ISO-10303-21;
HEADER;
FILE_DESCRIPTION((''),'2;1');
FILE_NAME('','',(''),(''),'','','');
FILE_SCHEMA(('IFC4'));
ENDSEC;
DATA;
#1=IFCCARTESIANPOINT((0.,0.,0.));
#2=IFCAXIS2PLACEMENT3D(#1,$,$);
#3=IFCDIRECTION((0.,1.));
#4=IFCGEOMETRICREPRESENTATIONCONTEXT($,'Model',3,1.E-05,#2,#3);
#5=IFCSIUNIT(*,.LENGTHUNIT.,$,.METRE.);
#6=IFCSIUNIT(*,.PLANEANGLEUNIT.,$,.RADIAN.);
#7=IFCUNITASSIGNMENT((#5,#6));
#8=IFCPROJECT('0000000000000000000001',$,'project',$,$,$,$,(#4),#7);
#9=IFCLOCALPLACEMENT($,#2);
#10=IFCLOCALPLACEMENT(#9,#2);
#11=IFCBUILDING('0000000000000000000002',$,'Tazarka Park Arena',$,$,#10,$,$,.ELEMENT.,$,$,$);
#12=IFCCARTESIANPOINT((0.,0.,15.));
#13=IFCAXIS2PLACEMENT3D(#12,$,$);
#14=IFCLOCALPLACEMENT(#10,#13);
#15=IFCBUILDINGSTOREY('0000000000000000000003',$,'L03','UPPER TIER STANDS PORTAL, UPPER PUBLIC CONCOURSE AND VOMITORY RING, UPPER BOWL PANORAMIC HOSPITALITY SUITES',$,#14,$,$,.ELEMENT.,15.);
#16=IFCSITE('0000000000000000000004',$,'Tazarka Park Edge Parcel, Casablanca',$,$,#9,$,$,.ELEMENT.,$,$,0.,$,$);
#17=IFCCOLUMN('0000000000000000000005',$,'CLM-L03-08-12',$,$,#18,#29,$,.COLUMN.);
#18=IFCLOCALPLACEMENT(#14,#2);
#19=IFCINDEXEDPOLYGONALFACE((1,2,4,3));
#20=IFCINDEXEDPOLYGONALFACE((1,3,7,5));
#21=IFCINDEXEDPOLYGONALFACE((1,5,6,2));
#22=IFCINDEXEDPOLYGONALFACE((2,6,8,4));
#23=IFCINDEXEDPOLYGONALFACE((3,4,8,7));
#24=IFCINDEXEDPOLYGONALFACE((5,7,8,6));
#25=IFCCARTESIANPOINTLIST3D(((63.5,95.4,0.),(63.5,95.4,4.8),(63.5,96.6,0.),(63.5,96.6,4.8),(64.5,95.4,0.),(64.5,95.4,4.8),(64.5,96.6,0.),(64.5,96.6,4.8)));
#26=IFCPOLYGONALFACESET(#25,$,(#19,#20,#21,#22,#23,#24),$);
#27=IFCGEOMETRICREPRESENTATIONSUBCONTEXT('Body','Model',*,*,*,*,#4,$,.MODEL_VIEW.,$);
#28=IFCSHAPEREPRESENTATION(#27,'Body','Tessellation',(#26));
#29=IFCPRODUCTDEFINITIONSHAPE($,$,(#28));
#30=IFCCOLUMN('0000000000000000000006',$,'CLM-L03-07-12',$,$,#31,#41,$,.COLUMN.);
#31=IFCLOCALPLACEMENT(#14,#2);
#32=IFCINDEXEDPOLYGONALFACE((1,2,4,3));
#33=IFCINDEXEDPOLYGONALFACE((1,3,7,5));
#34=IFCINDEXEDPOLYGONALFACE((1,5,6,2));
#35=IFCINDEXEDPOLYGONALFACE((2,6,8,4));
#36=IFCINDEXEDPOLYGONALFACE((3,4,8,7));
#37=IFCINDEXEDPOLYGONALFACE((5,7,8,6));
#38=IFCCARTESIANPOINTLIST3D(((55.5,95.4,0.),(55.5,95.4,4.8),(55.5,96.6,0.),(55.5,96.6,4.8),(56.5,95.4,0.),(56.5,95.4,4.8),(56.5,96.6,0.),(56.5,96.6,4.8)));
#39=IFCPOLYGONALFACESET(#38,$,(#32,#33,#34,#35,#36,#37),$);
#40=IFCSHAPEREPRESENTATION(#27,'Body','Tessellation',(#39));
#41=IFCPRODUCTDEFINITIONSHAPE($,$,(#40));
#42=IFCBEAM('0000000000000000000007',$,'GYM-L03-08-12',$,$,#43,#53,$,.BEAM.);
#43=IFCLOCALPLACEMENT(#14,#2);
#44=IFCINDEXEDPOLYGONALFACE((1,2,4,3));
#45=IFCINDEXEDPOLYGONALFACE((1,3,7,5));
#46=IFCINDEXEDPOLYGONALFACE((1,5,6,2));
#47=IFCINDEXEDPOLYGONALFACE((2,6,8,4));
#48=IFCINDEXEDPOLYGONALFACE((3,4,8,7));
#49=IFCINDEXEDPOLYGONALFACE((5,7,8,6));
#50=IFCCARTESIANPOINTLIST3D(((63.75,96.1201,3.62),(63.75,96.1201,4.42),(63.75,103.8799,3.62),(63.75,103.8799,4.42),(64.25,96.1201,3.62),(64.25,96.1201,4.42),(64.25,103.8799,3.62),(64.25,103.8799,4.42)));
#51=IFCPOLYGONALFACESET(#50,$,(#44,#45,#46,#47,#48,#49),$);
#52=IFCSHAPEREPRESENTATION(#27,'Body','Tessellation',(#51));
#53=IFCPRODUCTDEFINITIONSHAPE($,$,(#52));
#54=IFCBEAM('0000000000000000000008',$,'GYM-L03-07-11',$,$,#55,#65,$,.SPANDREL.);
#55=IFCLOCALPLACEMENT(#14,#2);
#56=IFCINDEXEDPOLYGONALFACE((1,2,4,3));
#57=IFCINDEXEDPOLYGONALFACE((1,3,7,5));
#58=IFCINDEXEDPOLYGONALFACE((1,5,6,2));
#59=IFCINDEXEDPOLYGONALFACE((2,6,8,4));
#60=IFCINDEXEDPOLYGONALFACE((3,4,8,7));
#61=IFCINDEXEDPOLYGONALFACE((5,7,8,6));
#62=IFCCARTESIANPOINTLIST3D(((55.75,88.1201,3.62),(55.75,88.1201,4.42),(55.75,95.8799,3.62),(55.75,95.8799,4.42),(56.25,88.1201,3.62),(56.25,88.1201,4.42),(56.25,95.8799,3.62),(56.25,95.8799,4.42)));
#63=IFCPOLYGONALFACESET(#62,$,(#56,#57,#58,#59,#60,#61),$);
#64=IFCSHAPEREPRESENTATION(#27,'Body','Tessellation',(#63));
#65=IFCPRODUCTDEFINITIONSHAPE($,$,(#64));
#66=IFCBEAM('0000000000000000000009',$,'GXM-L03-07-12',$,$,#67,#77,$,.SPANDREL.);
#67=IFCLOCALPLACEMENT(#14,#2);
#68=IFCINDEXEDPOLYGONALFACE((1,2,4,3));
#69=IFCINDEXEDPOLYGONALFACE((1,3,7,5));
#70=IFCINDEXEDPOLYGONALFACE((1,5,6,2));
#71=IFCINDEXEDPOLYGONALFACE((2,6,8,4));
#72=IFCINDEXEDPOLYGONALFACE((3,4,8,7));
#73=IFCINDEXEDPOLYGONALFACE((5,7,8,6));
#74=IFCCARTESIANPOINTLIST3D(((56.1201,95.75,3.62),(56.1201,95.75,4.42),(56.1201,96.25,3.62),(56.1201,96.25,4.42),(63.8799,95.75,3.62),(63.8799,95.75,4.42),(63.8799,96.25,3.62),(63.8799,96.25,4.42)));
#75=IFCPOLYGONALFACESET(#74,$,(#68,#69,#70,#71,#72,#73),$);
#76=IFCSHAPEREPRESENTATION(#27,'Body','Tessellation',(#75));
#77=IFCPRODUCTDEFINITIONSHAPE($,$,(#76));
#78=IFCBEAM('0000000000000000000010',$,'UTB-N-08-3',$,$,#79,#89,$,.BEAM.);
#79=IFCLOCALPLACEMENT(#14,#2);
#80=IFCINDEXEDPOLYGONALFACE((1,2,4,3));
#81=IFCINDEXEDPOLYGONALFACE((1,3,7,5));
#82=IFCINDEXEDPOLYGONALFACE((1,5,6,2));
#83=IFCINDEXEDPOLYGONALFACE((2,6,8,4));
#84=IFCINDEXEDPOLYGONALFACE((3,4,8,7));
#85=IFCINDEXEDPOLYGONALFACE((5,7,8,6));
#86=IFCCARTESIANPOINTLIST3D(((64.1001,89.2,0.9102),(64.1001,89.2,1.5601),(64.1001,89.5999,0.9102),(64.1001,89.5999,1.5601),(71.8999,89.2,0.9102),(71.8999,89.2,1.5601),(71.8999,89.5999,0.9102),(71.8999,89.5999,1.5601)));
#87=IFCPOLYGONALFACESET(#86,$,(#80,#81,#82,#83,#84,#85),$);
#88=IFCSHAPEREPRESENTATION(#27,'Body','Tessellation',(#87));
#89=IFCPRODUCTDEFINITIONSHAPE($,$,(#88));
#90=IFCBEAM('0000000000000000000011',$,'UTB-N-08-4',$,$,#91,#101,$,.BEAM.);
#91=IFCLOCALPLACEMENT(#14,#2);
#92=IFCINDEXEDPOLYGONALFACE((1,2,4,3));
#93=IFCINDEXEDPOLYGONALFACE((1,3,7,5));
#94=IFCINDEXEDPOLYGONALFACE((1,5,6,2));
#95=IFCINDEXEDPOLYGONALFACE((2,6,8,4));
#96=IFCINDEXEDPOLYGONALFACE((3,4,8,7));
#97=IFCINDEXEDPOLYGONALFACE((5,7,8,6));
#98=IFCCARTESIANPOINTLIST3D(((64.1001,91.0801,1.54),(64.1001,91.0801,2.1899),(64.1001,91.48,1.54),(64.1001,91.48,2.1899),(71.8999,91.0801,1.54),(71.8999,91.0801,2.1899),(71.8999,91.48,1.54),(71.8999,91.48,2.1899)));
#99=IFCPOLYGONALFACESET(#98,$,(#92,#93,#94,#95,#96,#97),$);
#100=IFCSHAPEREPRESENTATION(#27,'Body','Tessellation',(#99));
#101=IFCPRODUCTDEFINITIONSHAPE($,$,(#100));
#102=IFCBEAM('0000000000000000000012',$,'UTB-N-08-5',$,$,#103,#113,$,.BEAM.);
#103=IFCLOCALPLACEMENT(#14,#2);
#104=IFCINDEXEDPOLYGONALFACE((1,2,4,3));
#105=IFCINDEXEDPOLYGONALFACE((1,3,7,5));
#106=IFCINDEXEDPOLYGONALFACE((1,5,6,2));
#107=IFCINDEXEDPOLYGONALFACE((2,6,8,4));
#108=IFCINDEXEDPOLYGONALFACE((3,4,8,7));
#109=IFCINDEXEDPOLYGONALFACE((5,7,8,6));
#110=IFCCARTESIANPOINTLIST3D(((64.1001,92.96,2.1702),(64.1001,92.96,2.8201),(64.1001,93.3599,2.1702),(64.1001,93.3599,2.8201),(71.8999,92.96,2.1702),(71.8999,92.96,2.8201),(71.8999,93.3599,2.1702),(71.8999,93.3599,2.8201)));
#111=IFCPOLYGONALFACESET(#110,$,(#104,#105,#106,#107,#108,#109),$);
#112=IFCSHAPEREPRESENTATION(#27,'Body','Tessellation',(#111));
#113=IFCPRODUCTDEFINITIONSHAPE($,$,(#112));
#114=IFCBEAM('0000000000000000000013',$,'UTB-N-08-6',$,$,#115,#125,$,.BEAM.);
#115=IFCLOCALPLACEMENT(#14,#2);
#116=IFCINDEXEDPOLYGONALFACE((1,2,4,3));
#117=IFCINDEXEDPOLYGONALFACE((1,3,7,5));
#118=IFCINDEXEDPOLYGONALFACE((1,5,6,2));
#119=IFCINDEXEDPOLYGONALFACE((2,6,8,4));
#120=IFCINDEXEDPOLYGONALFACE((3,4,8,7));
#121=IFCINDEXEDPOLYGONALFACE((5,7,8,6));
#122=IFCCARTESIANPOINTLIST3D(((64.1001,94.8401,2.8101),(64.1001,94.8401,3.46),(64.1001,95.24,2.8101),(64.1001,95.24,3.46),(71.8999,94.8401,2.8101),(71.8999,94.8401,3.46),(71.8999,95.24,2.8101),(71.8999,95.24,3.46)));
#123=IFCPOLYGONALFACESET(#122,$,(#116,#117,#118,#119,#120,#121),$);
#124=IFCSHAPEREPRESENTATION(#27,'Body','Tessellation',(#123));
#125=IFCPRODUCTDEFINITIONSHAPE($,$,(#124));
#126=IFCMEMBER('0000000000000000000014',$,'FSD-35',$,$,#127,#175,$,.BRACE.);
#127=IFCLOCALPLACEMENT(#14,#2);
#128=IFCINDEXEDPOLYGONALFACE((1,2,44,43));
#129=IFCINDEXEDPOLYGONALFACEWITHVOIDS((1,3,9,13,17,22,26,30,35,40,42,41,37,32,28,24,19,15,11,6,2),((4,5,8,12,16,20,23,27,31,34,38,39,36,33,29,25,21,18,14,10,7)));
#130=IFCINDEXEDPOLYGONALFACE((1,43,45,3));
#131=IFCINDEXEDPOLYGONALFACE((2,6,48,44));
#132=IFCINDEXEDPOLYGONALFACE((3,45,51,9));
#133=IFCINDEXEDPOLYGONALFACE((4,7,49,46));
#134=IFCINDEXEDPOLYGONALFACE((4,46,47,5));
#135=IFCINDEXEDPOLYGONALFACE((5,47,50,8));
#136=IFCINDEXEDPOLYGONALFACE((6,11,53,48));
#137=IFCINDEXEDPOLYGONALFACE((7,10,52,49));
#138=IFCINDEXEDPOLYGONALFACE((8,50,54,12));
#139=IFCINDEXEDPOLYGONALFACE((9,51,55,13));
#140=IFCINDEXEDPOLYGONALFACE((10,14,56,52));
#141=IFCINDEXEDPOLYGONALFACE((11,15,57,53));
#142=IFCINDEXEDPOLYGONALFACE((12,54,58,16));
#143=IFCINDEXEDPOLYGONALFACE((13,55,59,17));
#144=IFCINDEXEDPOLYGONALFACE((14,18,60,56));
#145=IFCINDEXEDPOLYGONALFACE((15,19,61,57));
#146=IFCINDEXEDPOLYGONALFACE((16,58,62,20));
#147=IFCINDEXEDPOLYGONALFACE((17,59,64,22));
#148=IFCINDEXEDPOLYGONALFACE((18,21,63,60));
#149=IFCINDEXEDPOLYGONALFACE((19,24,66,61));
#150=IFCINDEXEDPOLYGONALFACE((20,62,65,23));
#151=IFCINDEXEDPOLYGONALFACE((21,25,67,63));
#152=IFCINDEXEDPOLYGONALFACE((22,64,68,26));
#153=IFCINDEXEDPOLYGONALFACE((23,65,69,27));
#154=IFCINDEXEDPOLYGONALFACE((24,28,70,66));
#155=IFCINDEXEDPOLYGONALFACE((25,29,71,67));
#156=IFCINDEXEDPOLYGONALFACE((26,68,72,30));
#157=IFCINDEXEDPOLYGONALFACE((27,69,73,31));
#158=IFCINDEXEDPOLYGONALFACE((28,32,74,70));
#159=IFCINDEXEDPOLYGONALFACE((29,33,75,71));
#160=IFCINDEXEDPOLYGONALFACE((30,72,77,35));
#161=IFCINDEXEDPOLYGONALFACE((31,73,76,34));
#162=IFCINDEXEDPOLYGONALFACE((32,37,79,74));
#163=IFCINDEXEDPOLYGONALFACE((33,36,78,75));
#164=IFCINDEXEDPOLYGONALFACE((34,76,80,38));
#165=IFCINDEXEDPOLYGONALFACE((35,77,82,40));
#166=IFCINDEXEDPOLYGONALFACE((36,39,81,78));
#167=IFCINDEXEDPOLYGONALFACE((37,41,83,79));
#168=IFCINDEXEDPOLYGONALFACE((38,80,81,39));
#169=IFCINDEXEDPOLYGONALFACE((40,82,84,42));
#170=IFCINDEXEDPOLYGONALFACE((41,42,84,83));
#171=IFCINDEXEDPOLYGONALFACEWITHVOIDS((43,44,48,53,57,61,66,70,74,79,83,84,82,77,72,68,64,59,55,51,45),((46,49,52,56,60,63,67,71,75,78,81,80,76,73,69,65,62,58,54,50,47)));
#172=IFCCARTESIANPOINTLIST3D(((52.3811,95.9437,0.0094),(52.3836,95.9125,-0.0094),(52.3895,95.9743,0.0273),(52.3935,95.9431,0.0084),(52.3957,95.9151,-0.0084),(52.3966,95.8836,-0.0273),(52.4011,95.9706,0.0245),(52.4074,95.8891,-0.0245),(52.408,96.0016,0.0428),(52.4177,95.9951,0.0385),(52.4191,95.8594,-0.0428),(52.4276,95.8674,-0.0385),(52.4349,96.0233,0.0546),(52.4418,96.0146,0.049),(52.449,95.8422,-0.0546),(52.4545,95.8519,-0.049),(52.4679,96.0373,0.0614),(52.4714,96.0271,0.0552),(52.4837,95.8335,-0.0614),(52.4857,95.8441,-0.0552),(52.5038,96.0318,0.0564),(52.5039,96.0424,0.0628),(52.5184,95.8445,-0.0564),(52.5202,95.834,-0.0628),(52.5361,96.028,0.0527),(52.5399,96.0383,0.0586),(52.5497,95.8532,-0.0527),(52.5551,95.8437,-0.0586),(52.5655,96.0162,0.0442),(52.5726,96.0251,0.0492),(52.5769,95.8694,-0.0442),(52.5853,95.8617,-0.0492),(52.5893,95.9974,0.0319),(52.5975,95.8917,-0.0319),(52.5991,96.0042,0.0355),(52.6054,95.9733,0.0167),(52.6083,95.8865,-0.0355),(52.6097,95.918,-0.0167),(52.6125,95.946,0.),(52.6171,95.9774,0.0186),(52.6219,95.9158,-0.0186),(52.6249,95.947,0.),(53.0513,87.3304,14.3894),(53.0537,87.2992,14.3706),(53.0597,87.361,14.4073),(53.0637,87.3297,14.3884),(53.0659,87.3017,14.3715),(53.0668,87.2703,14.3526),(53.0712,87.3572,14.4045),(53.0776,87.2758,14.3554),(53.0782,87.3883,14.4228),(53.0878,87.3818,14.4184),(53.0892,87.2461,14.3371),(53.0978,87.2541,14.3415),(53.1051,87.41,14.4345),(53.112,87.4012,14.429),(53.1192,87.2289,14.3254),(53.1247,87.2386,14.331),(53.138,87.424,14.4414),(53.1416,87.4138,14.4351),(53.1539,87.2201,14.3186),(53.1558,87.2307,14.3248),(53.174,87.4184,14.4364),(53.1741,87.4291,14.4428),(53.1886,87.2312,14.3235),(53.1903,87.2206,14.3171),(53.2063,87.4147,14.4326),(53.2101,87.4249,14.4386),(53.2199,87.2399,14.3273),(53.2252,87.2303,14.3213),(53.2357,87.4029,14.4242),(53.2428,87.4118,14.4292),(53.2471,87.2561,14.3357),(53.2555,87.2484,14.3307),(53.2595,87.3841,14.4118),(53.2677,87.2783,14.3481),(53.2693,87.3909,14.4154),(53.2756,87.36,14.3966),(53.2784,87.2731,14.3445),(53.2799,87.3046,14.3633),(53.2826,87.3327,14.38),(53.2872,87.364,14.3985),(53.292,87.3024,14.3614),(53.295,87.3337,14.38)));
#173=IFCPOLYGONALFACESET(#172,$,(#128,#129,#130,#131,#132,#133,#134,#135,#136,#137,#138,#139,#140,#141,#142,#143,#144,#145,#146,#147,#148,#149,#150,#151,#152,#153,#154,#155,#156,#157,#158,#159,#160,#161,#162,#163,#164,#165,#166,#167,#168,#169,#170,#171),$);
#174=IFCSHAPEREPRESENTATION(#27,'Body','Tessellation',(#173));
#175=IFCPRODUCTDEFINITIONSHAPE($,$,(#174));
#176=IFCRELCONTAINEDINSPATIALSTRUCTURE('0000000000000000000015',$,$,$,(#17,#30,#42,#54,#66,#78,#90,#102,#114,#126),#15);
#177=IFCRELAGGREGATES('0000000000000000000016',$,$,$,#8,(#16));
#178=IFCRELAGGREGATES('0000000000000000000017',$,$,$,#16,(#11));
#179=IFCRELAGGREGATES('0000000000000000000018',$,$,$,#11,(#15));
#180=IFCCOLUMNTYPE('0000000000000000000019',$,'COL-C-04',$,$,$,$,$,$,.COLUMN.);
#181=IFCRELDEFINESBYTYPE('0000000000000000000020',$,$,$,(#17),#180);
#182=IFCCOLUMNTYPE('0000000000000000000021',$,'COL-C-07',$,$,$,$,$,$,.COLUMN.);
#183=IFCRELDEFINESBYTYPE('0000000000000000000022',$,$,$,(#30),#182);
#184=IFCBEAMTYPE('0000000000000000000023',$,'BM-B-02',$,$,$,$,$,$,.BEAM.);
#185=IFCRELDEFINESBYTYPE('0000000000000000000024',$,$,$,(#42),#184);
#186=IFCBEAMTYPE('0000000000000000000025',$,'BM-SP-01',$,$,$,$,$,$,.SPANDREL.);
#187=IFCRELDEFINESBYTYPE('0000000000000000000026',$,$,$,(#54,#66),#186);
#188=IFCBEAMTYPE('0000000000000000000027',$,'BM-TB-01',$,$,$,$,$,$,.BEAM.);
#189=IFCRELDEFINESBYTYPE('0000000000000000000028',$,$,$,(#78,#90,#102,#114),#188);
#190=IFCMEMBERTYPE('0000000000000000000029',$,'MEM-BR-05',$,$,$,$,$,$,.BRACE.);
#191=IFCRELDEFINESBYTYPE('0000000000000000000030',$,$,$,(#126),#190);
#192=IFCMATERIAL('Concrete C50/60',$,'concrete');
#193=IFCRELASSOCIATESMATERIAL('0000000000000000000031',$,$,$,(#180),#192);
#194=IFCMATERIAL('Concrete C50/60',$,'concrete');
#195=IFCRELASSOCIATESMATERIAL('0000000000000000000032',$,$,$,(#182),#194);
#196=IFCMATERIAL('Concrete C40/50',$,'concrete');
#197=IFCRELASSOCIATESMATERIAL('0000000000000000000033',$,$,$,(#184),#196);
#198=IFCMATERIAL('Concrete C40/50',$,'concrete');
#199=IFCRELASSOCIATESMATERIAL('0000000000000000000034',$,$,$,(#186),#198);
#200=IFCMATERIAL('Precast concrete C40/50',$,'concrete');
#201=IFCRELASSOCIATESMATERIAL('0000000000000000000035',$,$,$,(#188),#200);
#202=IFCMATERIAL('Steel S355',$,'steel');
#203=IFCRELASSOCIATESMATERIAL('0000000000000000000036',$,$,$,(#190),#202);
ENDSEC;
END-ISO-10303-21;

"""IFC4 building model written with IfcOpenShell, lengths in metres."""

from ifc_helpers import new_model, si_unit, direction, frame, origin, origin_2d, place, context, subcontext, project, spatial, rectangle, hollow_circle, extrude, material, material_profile, profile_set, type_object, element, save


model = new_model("IFC4")

# Units and contexts
model_context = context("Model", 3, precision=1e-05, world=origin(), true_north=direction((0.0, 1.0)))
body_context = subcontext(model_context, "Body", "Model", "MODEL_VIEW")
ifc_project = project(units=[si_unit("LENGTHUNIT", "METRE"), si_unit("PLANEANGLEUNIT", "RADIAN")], contexts=[model_context])

# Site, building, storey
site_placement = place(None, origin())
site = spatial("IfcSite", under=ifc_project, at=site_placement, Name="Tazarka Park Edge Parcel, Casablanca", CompositionType="ELEMENT", RefElevation=0.0)
building_placement = place(site_placement, origin())
building = spatial("IfcBuilding", under=site, at=building_placement, Name="Tazarka Park Arena", CompositionType="ELEMENT")
storey_placement = place(building_placement, frame((0.0, 0.0, 15.0)))
storey = spatial("IfcBuildingStorey", under=building, at=storey_placement, Name="L03", Description="UPPER TIER STANDS PORTAL, UPPER PUBLIC CONCOURSE AND VOMITORY RING, UPPER BOWL PANORAMIC HOSPITALITY SUITES", CompositionType="ELEMENT", Elevation=15.0)

# Columns
ifc_material_1 = material(Name="Concrete C50/60", Category="concrete")
ifc_material_profile_1 = material_profile(ifc_material_1, rectangle(XDim=1.0, YDim=1.2, at=origin_2d()), Name="Concrete C50/60")
ifc_profile_set_1 = profile_set([ifc_material_profile_1], Name="Concrete C50/60")
column_type_1 = type_object("IfcColumnType", Name="COL-C-04", PredefinedType="COLUMN", material=ifc_profile_set_1)
column_1_placement = place(storey_placement, frame((64.0, 96.0, 0.0), z_axis=(0.0, 0.0, 1.0), x_axis=(1.0, 0.0, 0.0)))
element("IfcColumn", 1, at=column_1_placement, inside=storey, type_object=column_type_1, Name="CLM-L03-08-12", PredefinedType="COLUMN", context=body_context, shape_type="SweptSolid", body=[
    extrude(rectangle(XDim=1.0, YDim=1.2, at=origin_2d()), origin(), (0.0, 0.0, 1.0), 4.8),
])
ifc_material_2 = material(Name="Concrete C50/60", Category="concrete")
ifc_material_profile_2 = material_profile(ifc_material_2, rectangle(XDim=1.0, YDim=1.2, at=origin_2d()), Name="Concrete C50/60")
ifc_profile_set_2 = profile_set([ifc_material_profile_2], Name="Concrete C50/60")
column_type_2 = type_object("IfcColumnType", Name="COL-C-07", PredefinedType="COLUMN", material=ifc_profile_set_2)
column_2_placement = place(storey_placement, frame((56.0, 96.0, 0.0), z_axis=(0.0, 0.0, 1.0), x_axis=(1.0, 0.0, 0.0)))
element("IfcColumn", 2, at=column_2_placement, inside=storey, type_object=column_type_2, Name="CLM-L03-07-12", PredefinedType="COLUMN", context=body_context, shape_type="SweptSolid", body=[
    extrude(rectangle(XDim=1.0, YDim=1.2, at=origin_2d()), origin(), (0.0, 0.0, 1.0), 4.8),
])

# Beams
ifc_material_3 = material(Name="Concrete C40/50", Category="concrete")
ifc_material_profile_3 = material_profile(ifc_material_3, rectangle(XDim=0.5, YDim=0.8, at=origin_2d()), Name="Concrete C40/50")
ifc_profile_set_3 = profile_set([ifc_material_profile_3], Name="Concrete C40/50")
beam_type_1 = type_object("IfcBeamType", Name="BM-B-02", PredefinedType="BEAM", material=ifc_profile_set_3)
beam_placement = place(storey_placement, frame((64.0, 96.1201, 4.02), z_axis=(0.0, 1.0, 0.0), x_axis=(-1.0, 0.0, 0.0)))
element("IfcBeam", 3, at=beam_placement, inside=storey, type_object=beam_type_1, Name="GYM-L03-08-12", PredefinedType="BEAM", context=body_context, shape_type="SweptSolid", body=[
    extrude(rectangle(XDim=0.5, YDim=0.8, at=origin_2d()), origin(), (0.0, 0.0, 1.0), 7.7598),
])
ifc_material_4 = material(Name="Concrete C40/50", Category="concrete")
ifc_material_profile_4 = material_profile(ifc_material_4, rectangle(XDim=0.5, YDim=0.8, at=origin_2d()), Name="Concrete C40/50")
ifc_profile_set_4 = profile_set([ifc_material_profile_4], Name="Concrete C40/50")
beam_type_2 = type_object("IfcBeamType", Name="BM-SP-01", PredefinedType="SPANDREL", material=ifc_profile_set_4)
for number, where, z_axis, x_axis, name in (
    (4, (56.0, 88.1201, 4.02), (0.0, 1.0, 0.0), (-1.0, 0.0, 0.0), "GYM-L03-07-11"),
    (5, (56.1201, 96.0, 4.02), (1.0, 0.0, 0.0), (0.0, 1.0, 0.0), "GXM-L03-07-12"),
):
    element("IfcBeam", number, at=place(storey_placement, frame(where, z_axis=z_axis, x_axis=x_axis)), inside=storey, type_object=beam_type_2, Name=name, PredefinedType="SPANDREL", context=body_context, shape_type="SweptSolid", body=[
        extrude(rectangle(XDim=0.5, YDim=0.8, at=origin_2d()), origin(), (0.0, 0.0, 1.0), 7.7598),
    ])
ifc_material_5 = material(Name="Precast concrete C40/50", Category="concrete")
ifc_material_profile_5 = material_profile(ifc_material_5, rectangle(XDim=0.3999, YDim=0.6499, at=origin_2d()), Name="Precast concrete C40/50")
ifc_profile_set_5 = profile_set([ifc_material_profile_5], Name="Precast concrete C40/50")
beam_type_3 = type_object("IfcBeamType", Name="BM-TB-01", PredefinedType="BEAM", material=ifc_profile_set_5)
for number, where, z_axis, x_axis, name in (
    (6, (64.1001, 89.3999, 1.2351), (1.0, 0.0, 0.0), (0.0, 1.0, 0.0), "UTB-N-08-3"),
    (7, (64.1001, 91.28, 1.865), (1.0, 0.0, 0.0), (0.0, 1.0, 0.0), "UTB-N-08-4"),
    (8, (64.1001, 93.1599, 2.4951), (1.0, 0.0, 0.0), (0.0, 1.0, 0.0), "UTB-N-08-5"),
    (9, (64.1001, 95.04, 3.135), (1.0, 0.0, 0.0), (0.0, 1.0, 0.0), "UTB-N-08-6"),
):
    element("IfcBeam", number, at=place(storey_placement, frame(where, z_axis=z_axis, x_axis=x_axis)), inside=storey, type_object=beam_type_3, Name=name, PredefinedType="BEAM", context=body_context, shape_type="SweptSolid", body=[
        extrude(rectangle(XDim=0.3999, YDim=0.6499, at=origin_2d()), origin(), (0.0, 0.0, 1.0), 7.7998),
    ])

# Member
ifc_material_6 = material(Name="Steel S355", Category="steel")
ifc_material_profile_6 = material_profile(ifc_material_6, hollow_circle(Radius=0.1223, WallThickness=0.0125, at=origin_2d()), Name="Steel S355")
ifc_profile_set_6 = profile_set([ifc_material_profile_6], Name="Steel S355")
member_type_1 = type_object("IfcMemberType", Name="MEM-BR-05", PredefinedType="BRACE", material=ifc_profile_set_6)
member_1_placement = place(storey_placement, frame((52.5029, 95.9375, 0.0), z_axis=(0.039949, -0.513443, 0.857193), x_axis=(0.996987, 0.077572, 0.0)))
element("IfcMember", 10, at=member_1_placement, inside=storey, type_object=member_type_1, Name="FSD-35", PredefinedType="BRACE", context=body_context, shape_type="SweptSolid", body=[
    extrude(hollow_circle(Radius=0.1223, WallThickness=0.0125, at=origin_2d()), origin(), (0.0, 0.0, 1.0), 16.7756),
])

save(model, "model.ifc")
